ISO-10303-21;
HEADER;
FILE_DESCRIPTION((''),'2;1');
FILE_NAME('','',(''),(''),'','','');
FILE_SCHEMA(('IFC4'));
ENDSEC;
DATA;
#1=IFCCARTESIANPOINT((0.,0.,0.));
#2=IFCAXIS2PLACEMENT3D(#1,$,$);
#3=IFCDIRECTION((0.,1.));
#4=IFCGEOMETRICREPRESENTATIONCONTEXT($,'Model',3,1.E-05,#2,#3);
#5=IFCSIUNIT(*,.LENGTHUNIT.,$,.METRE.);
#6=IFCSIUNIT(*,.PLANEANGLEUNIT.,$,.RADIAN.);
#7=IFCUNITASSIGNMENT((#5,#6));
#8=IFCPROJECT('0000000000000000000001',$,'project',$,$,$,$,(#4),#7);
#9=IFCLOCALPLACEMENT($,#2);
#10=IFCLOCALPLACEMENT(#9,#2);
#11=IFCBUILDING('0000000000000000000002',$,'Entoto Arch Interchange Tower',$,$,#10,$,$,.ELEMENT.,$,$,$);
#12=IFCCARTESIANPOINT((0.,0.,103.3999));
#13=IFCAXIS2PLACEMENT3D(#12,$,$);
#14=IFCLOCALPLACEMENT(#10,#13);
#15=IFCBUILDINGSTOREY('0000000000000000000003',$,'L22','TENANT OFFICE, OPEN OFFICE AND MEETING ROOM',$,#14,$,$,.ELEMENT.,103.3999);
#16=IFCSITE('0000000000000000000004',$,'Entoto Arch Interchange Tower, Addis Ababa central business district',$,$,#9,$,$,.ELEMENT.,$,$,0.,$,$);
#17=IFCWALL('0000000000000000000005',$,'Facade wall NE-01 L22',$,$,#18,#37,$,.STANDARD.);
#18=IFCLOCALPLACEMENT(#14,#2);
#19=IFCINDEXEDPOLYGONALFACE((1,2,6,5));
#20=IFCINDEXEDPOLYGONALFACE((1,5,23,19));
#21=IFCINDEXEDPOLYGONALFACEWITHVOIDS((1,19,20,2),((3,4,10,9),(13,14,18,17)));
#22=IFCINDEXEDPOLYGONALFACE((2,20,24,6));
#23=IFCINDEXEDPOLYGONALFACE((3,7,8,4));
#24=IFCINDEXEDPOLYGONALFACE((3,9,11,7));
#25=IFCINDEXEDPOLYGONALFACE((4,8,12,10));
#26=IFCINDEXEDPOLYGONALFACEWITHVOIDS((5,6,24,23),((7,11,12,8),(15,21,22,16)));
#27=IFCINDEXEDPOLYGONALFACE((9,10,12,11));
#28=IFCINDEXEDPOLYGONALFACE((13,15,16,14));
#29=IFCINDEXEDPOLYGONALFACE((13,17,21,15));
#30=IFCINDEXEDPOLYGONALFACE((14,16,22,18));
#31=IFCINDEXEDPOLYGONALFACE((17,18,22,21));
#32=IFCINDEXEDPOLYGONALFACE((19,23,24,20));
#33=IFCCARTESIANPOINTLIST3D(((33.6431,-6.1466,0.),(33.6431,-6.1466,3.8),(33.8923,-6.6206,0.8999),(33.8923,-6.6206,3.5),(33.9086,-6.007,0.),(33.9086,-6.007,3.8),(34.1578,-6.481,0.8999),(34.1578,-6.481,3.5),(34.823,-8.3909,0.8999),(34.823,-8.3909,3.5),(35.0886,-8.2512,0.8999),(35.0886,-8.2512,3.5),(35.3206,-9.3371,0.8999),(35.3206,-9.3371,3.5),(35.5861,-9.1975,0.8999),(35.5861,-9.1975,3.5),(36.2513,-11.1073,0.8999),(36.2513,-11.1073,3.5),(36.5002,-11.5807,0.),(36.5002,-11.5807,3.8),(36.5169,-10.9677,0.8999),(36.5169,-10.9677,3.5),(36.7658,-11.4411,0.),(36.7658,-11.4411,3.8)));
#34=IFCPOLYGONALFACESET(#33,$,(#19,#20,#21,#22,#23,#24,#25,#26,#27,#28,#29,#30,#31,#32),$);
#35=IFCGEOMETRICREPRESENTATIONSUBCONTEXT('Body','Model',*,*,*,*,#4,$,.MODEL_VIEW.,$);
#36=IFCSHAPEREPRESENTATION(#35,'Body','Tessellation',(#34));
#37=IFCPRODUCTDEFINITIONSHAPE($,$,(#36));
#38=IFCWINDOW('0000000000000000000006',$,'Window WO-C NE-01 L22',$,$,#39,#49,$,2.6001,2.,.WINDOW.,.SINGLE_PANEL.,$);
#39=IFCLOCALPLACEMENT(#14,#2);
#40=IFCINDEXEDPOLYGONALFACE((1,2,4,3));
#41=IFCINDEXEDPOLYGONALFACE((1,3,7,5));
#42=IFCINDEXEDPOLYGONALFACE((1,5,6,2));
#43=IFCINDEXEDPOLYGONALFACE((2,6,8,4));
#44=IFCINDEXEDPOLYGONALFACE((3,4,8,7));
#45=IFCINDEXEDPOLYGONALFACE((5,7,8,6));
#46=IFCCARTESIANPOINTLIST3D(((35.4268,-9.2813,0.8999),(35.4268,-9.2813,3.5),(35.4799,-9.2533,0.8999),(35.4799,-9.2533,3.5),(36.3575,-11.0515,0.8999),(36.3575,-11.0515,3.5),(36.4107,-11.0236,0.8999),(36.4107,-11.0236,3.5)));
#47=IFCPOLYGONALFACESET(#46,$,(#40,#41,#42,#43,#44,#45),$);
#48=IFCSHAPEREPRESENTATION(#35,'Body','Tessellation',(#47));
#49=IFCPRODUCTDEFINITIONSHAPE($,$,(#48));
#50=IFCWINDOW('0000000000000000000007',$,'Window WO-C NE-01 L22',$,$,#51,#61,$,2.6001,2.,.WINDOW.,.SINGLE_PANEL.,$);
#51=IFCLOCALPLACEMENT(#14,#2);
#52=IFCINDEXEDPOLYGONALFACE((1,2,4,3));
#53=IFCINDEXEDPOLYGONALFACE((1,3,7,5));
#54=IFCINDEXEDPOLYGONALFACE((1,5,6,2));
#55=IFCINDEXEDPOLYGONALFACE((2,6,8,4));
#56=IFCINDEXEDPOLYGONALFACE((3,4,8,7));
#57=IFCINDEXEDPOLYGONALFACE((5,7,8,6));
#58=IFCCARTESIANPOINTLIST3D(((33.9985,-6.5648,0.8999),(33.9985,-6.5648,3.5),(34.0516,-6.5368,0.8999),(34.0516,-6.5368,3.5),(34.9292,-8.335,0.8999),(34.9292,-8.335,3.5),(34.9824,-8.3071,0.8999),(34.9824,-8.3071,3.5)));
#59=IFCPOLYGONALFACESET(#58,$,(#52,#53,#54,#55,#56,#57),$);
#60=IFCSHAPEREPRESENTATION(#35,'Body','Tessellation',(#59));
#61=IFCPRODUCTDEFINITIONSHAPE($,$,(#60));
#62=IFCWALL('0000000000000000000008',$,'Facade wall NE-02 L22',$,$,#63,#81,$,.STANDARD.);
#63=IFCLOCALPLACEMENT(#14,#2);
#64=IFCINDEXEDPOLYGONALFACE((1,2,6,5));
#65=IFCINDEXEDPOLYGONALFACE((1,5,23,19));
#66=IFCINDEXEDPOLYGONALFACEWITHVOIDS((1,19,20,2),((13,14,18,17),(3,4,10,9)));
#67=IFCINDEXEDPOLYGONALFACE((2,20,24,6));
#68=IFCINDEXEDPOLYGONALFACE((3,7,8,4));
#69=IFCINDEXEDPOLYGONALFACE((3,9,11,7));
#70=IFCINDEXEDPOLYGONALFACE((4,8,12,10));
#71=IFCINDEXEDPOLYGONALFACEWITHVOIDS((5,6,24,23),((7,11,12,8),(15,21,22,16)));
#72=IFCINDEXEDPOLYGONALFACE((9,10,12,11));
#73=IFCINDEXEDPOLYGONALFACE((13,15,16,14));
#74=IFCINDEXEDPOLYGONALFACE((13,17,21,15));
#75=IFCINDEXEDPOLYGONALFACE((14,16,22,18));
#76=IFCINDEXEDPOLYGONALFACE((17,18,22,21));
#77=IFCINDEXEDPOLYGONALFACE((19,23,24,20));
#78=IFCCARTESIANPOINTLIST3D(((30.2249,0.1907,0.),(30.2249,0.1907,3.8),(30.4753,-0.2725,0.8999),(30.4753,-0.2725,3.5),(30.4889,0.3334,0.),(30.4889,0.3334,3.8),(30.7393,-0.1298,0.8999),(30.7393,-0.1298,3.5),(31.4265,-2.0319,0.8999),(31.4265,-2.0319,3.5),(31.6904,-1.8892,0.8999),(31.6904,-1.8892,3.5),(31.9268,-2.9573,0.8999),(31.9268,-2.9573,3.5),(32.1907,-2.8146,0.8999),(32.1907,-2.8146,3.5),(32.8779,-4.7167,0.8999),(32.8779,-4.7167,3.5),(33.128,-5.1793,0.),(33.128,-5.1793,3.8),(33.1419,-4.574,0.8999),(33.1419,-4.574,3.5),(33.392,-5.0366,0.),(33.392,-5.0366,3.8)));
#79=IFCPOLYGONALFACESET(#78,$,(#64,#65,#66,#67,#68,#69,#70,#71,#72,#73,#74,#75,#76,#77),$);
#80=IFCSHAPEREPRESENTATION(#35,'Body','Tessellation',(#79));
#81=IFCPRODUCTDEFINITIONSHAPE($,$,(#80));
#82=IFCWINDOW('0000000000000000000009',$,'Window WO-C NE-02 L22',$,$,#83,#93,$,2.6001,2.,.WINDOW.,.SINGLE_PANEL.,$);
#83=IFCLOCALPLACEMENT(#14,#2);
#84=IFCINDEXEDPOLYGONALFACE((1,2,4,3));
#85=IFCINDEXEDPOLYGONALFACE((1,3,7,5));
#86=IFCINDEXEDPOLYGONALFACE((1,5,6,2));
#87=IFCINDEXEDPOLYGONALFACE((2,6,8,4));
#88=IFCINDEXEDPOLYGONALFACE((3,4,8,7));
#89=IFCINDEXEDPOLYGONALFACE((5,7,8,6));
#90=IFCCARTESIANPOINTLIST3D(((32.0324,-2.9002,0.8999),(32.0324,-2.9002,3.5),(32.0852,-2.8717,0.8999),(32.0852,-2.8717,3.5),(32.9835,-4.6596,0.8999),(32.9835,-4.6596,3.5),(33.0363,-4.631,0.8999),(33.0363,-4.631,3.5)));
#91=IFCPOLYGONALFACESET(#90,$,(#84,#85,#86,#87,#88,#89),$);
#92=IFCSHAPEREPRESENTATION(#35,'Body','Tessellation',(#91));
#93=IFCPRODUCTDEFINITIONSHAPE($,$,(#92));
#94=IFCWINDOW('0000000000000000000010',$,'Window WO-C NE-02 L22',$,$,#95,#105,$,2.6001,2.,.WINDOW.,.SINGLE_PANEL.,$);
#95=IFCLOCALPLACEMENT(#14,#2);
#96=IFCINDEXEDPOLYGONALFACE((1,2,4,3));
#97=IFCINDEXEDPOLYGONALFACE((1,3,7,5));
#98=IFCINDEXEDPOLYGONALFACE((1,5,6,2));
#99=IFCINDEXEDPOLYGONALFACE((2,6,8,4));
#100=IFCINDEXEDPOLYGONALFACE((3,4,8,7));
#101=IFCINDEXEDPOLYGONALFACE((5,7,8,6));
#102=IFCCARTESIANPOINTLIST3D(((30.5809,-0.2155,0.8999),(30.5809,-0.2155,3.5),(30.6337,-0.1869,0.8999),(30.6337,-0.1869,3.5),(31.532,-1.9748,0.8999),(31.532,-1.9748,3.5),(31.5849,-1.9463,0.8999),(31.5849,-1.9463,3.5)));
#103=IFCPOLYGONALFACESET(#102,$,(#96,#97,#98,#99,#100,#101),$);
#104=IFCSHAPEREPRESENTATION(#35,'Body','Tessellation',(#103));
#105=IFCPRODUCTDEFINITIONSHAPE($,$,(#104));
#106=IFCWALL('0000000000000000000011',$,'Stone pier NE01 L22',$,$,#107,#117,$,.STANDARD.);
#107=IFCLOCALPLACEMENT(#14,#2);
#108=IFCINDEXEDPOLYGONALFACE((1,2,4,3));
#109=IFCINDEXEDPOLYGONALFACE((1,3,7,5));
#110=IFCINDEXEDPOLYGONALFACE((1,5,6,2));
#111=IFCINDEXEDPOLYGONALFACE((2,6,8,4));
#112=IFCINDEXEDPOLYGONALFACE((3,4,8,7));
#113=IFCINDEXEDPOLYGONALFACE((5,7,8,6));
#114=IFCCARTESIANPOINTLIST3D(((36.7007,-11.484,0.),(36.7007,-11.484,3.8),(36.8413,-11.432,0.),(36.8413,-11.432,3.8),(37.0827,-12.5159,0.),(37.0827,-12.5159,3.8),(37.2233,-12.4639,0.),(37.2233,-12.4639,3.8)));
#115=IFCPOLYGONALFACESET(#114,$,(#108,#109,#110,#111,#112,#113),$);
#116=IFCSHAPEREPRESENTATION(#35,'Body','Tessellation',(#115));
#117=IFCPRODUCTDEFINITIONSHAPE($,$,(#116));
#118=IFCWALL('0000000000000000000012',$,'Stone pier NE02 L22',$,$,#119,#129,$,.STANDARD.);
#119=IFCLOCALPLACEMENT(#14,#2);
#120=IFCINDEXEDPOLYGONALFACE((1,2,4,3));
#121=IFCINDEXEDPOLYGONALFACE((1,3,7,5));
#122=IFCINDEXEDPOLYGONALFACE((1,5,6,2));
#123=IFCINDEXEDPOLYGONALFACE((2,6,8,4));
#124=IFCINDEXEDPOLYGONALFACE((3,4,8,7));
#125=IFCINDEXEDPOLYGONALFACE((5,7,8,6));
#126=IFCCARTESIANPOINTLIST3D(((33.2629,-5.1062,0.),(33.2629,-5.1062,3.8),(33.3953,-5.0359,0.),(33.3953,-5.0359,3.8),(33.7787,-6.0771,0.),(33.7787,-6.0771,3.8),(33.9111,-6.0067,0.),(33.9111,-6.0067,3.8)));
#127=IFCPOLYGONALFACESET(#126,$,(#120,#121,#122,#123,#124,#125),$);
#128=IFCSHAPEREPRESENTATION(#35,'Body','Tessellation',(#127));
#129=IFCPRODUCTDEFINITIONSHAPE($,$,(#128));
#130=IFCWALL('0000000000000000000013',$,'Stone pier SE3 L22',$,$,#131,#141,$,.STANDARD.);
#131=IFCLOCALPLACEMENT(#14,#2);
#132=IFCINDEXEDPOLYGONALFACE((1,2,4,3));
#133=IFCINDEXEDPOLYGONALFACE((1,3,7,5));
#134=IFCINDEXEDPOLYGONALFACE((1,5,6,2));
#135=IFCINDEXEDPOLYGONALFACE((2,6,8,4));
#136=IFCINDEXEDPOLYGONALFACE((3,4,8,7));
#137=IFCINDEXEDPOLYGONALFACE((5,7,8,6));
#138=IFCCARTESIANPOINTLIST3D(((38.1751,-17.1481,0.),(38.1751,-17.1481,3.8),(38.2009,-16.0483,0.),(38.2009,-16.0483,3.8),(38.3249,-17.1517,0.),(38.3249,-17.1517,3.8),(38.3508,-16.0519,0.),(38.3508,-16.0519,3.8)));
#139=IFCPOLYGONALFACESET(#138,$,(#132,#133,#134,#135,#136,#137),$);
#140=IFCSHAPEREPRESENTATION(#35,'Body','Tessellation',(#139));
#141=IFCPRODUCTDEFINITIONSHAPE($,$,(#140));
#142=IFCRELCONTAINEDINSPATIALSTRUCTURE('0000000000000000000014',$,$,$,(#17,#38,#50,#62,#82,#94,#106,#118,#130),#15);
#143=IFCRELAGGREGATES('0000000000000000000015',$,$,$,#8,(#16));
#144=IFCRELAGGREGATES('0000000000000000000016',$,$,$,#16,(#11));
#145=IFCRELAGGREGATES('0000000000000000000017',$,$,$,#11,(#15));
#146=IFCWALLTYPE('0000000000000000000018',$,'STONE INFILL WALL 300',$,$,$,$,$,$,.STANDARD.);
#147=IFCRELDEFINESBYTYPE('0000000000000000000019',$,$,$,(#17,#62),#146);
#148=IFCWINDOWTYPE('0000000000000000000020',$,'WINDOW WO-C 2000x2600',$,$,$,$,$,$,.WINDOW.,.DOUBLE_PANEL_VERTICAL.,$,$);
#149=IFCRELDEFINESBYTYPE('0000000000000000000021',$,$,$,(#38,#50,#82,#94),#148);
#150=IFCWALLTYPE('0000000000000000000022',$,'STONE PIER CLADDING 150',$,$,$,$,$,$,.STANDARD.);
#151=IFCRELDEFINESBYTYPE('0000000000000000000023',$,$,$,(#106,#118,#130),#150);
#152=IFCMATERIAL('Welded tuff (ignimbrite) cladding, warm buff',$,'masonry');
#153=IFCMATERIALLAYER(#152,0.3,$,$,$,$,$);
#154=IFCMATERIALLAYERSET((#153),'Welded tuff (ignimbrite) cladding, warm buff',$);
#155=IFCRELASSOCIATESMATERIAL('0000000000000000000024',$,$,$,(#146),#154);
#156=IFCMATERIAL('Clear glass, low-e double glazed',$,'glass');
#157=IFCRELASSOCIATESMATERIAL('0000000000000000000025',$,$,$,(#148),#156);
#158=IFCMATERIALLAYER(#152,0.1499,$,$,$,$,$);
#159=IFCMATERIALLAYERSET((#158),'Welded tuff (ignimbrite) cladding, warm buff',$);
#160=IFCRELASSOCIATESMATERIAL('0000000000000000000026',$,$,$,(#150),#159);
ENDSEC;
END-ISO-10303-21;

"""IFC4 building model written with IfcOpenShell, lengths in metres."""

from ifc_helpers import new_model, si_unit, direction, frame, frame_2d, origin, place, context, subcontext, project, spatial, rectangle, extrude, material, layer, layer_set, type_object, element, fill, save


model = new_model("IFC4")

# Units and contexts
model_context = context("Model", 3, precision=1e-05, world=origin(), true_north=direction((0.0, 1.0)))
body_context = subcontext(model_context, "Body", "Model", "MODEL_VIEW")
ifc_project = project(units=[si_unit("LENGTHUNIT", "METRE"), si_unit("PLANEANGLEUNIT", "RADIAN")], contexts=[model_context])

# Site, building, storey
site_placement = place(None, origin())
site = spatial("IfcSite", under=ifc_project, at=site_placement, Name="Entoto Arch Interchange Tower, Addis Ababa central business district", CompositionType="ELEMENT", RefElevation=0.0)
building_placement = place(site_placement, origin())
building = spatial("IfcBuilding", under=site, at=building_placement, Name="Entoto Arch Interchange Tower", CompositionType="ELEMENT")
storey_placement = place(building_placement, frame((0.0, 0.0, 103.3999)))
storey = spatial("IfcBuildingStorey", under=building, at=storey_placement, Name="L22", Description="TENANT OFFICE, OPEN OFFICE AND MEETING ROOM", CompositionType="ELEMENT", Elevation=103.3999)

# Shared definitions
ifc_material_1 = material(Name="Welded tuff (ignimbrite) cladding, warm buff", Category="masonry")
ifc_layer_1 = layer(ifc_material_1, 0.3)
ifc_layer_set_1 = layer_set([ifc_layer_1], Name="Welded tuff (ignimbrite) cladding, warm buff")
wall_type_1 = type_object("IfcWallType", Name="STONE INFILL WALL 300", PredefinedType="STANDARD", material=ifc_layer_set_1)
ifc_material_2 = material(Name="Clear glass, low-e double glazed", Category="glass")

# Walls, openings, windows
wall_1_placement = place(storey_placement, frame((36.6331, -11.511, 0.0), z_axis=(0.0, 0.0, 1.0), x_axis=(-0.465381, 0.885111, 0.0)))
wall_1 = element("IfcWall", 1, at=wall_1_placement, inside=storey, type_object=wall_type_1, Name="Facade wall NE-01 L22", PredefinedType="STANDARD", context=body_context, shape_type="SweptSolid", body=[
    extrude(rectangle(XDim=6.1394, YDim=0.3, at=frame_2d((3.0698, 0.0))), origin(), (0.0, 0.0, 1.0), 3.8),
])
opening_1_placement = place(wall_1_placement, frame((0.5349, 0.0, 0.8999)))
opening_1 = element("IfcOpeningElement", 2, at=opening_1_placement, cuts=wall_1, PredefinedType="OPENING", context=body_context, shape_type="SweptSolid", body=[
    extrude(rectangle(XDim=2.0, YDim=2.6001, at=frame_2d((1.0, 1.3))), frame((0.0, 0.1602, 0.0), z_axis=(0.0, -1.0, 0.0), x_axis=(1.0, 0.0, 0.0)), (0.0, 0.0, 1.0), 0.3201),
])
opening_2_placement = place(wall_1_placement, frame((3.604, 0.0, 0.8999)))
opening_2 = element("IfcOpeningElement", 3, at=opening_2_placement, cuts=wall_1, PredefinedType="OPENING", context=body_context, shape_type="SweptSolid", body=[
    extrude(rectangle(XDim=2.0, YDim=2.6001, at=frame_2d((1.0, 1.3))), frame((0.0, 0.1602, 0.0), z_axis=(0.0, -1.0, 0.0), x_axis=(1.0, 0.0, 0.0)), (0.0, 0.0, 1.0), 0.3201),
])
window_type_1 = type_object("IfcWindowType", Name="WINDOW WO-C 2000x2600", PartitioningType="DOUBLE_PANEL_VERTICAL", PredefinedType="WINDOW", material=ifc_material_2)
window_1_placement = place(opening_1_placement, origin())
window_1 = element("IfcWindow", 4, at=window_1_placement, inside=storey, type_object=window_type_1, Name="Window WO-C NE-01 L22", OverallHeight=2.6001, OverallWidth=2.0, PartitioningType="SINGLE_PANEL", PredefinedType="WINDOW", context=body_context, shape_type="SweptSolid", body=[
    extrude(rectangle(XDim=2.0, YDim=2.6001, at=frame_2d((1.0, 1.3))), frame((0.0, 0.03, 0.0), z_axis=(0.0, -1.0, 0.0), x_axis=(1.0, 0.0, 0.0)), (0.0, 0.0, 1.0), 0.0601),
])
fill(opening_1, window_1)
window_2_placement = place(opening_2_placement, origin())
window_2 = element("IfcWindow", 5, at=window_2_placement, inside=storey, type_object=window_type_1, Name="Window WO-C NE-01 L22", OverallHeight=2.6001, OverallWidth=2.0, PartitioningType="SINGLE_PANEL", PredefinedType="WINDOW", context=body_context, shape_type="SweptSolid", body=[
    extrude(rectangle(XDim=2.0, YDim=2.6001, at=frame_2d((1.0, 1.3))), frame((0.0, 0.03, 0.0), z_axis=(0.0, -1.0, 0.0), x_axis=(1.0, 0.0, 0.0)), (0.0, 0.0, 1.0), 0.0601),
])
fill(opening_2, window_2)
wall_2_placement = place(storey_placement, frame((33.26, -5.1079, 0.0), z_axis=(0.0, 0.0, 1.0), x_axis=(-0.475573, 0.879676, 0.0)))
wall_2 = element("IfcWall", 6, at=wall_2_placement, inside=storey, type_object=wall_type_1, Name="Facade wall NE-02 L22", PredefinedType="STANDARD", context=body_context, shape_type="SweptSolid", body=[
    extrude(rectangle(XDim=6.1045, YDim=0.3, at=frame_2d((3.0522, 0.0))), origin(), (0.0, 0.0, 1.0), 3.8),
])
opening_3_placement = place(wall_2_placement, frame((0.5259, 0.0, 0.8999)))
opening_3 = element("IfcOpeningElement", 7, at=opening_3_placement, cuts=wall_2, PredefinedType="OPENING", context=body_context, shape_type="SweptSolid", body=[
    extrude(rectangle(XDim=2.0, YDim=2.6001, at=frame_2d((1.0, 1.3))), frame((0.0, 0.1602, 0.0), z_axis=(0.0, -1.0, 0.0), x_axis=(1.0, 0.0, 0.0)), (0.0, 0.0, 1.0), 0.3201),
])
opening_4_placement = place(wall_2_placement, frame((3.5779, 0.0, 0.8999)))
opening_4 = element("IfcOpeningElement", 8, at=opening_4_placement, cuts=wall_2, PredefinedType="OPENING", context=body_context, shape_type="SweptSolid", body=[
    extrude(rectangle(XDim=2.0, YDim=2.6001, at=frame_2d((1.0, 1.3))), frame((0.0, 0.1602, 0.0), z_axis=(0.0, -1.0, 0.0), x_axis=(1.0, 0.0, 0.0)), (0.0, 0.0, 1.0), 0.3201),
])
window_3_placement = place(opening_3_placement, origin())
window_3 = element("IfcWindow", 9, at=window_3_placement, inside=storey, type_object=window_type_1, Name="Window WO-C NE-02 L22", OverallHeight=2.6001, OverallWidth=2.0, PartitioningType="SINGLE_PANEL", PredefinedType="WINDOW", context=body_context, shape_type="SweptSolid", body=[
    extrude(rectangle(XDim=2.0, YDim=2.6001, at=frame_2d((1.0, 1.3))), frame((0.0, 0.03, 0.0), z_axis=(0.0, -1.0, 0.0), x_axis=(1.0, 0.0, 0.0)), (0.0, 0.0, 1.0), 0.0601),
])
fill(opening_3, window_3)
window_4_placement = place(opening_4_placement, origin())
window_4 = element("IfcWindow", 10, at=window_4_placement, inside=storey, type_object=window_type_1, Name="Window WO-C NE-02 L22", OverallHeight=2.6001, OverallWidth=2.0, PartitioningType="SINGLE_PANEL", PredefinedType="WINDOW", context=body_context, shape_type="SweptSolid", body=[
    extrude(rectangle(XDim=2.0, YDim=2.6001, at=frame_2d((1.0, 1.3))), frame((0.0, 0.03, 0.0), z_axis=(0.0, -1.0, 0.0), x_axis=(1.0, 0.0, 0.0)), (0.0, 0.0, 1.0), 0.0601),
])
fill(opening_4, window_4)

# Walls
ifc_layer_2 = layer(ifc_material_1, 0.1499)
ifc_layer_set_2 = layer_set([ifc_layer_2], Name="Welded tuff (ignimbrite) cladding, warm buff")
wall_type_2 = type_object("IfcWallType", Name="STONE PIER CLADDING 150", PredefinedType="STANDARD", material=ifc_layer_set_2)
wall_3_placement = place(storey_placement, frame((37.1531, -12.49, 0.0), z_axis=(0.0, 0.0, 1.0), x_axis=(-0.347206, 0.937789, 0.0)))
element("IfcWall", 11, at=wall_3_placement, inside=storey, type_object=wall_type_2, Name="Stone pier NE01 L22", PredefinedType="STANDARD", context=body_context, shape_type="SweptSolid", body=[
    extrude(rectangle(XDim=1.1003, YDim=0.1499, at=frame_2d((0.5503, 0.0))), origin(), (0.0, 0.0, 1.0), 3.8),
])
wall_4_placement = place(storey_placement, frame((33.845, -6.042, 0.0), z_axis=(0.0, 0.0, 1.0), x_axis=(-0.469193, 0.883096, 0.0)))
element("IfcWall", 12, at=wall_4_placement, inside=storey, type_object=wall_type_2, Name="Stone pier NE02 L22", PredefinedType="STANDARD", context=body_context, shape_type="SweptSolid", body=[
    extrude(rectangle(XDim=1.0994, YDim=0.1499, at=frame_2d((0.5498, 0.0))), origin(), (0.0, 0.0, 1.0), 3.8),
])
wall_5_placement = place(storey_placement, frame((38.25, -17.1499, 0.0), z_axis=(0.0, 0.0, 1.0), x_axis=(0.023523, 0.999723, 0.0)))
element("IfcWall", 13, at=wall_5_placement, inside=storey, type_object=wall_type_2, Name="Stone pier SE3 L22", PredefinedType="STANDARD", context=body_context, shape_type="SweptSolid", body=[
    extrude(rectangle(XDim=1.1001, YDim=0.1499, at=frame_2d((0.55, 0.0))), origin(), (0.0, 0.0, 1.0), 3.8),
])

save(model, "model.ifc")
